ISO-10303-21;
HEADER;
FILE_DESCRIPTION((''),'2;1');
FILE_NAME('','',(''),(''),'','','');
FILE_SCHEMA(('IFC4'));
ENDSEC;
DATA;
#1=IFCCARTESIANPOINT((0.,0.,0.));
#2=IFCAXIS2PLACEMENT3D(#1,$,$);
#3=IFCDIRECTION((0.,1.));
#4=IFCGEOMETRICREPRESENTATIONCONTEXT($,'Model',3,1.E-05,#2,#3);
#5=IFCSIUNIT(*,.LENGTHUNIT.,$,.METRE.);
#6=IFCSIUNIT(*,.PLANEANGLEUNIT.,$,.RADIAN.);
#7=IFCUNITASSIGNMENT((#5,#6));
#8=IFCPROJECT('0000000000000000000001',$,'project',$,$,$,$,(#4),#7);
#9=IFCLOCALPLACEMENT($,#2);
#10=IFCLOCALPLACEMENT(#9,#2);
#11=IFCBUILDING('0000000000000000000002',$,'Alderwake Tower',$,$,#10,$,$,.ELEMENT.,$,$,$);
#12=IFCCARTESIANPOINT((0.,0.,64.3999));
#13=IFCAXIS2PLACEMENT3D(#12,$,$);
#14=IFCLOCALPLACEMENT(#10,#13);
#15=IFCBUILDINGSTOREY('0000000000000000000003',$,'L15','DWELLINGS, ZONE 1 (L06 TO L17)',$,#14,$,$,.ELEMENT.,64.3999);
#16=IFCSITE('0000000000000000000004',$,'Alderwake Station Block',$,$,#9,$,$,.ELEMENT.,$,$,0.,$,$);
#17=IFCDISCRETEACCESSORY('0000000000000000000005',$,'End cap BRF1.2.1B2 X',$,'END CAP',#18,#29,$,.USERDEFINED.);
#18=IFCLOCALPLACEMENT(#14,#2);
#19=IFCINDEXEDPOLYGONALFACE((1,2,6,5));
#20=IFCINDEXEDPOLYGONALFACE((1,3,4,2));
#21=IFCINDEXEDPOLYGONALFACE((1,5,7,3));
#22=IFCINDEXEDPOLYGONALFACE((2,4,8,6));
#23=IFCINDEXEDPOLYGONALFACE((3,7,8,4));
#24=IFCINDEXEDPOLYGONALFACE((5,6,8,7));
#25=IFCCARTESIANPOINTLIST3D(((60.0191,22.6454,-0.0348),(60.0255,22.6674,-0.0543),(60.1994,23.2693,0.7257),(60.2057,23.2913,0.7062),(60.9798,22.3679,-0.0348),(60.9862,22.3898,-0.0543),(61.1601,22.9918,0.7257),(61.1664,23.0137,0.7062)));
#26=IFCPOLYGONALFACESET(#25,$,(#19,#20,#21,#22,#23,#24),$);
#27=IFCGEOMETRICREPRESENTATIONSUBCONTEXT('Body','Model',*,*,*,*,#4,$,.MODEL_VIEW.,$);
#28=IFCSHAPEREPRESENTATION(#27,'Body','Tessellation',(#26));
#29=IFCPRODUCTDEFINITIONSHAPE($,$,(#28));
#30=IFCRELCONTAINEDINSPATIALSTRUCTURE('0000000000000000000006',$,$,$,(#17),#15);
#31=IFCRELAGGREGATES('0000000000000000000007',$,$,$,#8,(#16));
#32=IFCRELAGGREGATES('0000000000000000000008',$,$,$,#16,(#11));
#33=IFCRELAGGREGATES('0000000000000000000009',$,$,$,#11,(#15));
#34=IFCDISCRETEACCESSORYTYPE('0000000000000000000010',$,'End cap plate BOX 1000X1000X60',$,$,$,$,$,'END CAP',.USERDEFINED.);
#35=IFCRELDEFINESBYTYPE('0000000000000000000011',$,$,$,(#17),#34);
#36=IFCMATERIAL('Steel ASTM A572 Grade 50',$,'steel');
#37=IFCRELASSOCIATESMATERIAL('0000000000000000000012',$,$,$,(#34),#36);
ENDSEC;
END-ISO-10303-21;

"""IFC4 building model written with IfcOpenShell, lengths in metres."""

from ifc_helpers import new_model, si_unit, direction, frame, origin, origin_2d, place, context, subcontext, project, spatial, rectangle, extrude, material, material_profile, profile_set, type_object, element, save


model = new_model("IFC4")

# Units and contexts
model_context = context("Model", 3, precision=1e-05, world=origin(), true_north=direction((0.0, 1.0)))
body_context = subcontext(model_context, "Body", "Model", "MODEL_VIEW")
ifc_project = project(units=[si_unit("LENGTHUNIT", "METRE"), si_unit("PLANEANGLEUNIT", "RADIAN")], contexts=[model_context])

# Site, building, storey
site_placement = place(None, origin())
site = spatial("IfcSite", under=ifc_project, at=site_placement, Name="Alderwake Station Block", CompositionType="ELEMENT", RefElevation=0.0)
building_placement = place(site_placement, origin())
building = spatial("IfcBuilding", under=site, at=building_placement, Name="Alderwake Tower", CompositionType="ELEMENT")
storey_placement = place(building_placement, frame((0.0, 0.0, 64.3999)))
storey = spatial("IfcBuildingStorey", under=building, at=storey_placement, Name="L15", Description="DWELLINGS, ZONE 1 (L06 TO L17)", CompositionType="ELEMENT", Elevation=64.3999)

# Discrete accessory
ifc_material_1 = material(Name="Steel ASTM A572 Grade 50", Category="steel")
ifc_material_profile_1 = material_profile(ifc_material_1, rectangle(XDim=1.0, YDim=1.0, at=origin_2d()), Name="BOX 1000X1000X60 cap")
ifc_profile_set_1 = profile_set([ifc_material_profile_1], Name="Steel ASTM A572 Grade 50")
discrete_accessory_type = type_object("IfcDiscreteAccessoryType", Name="End cap plate BOX 1000X1000X60", ElementType="END CAP", PredefinedType="USERDEFINED", material=ifc_profile_set_1)
discrete_accessory_placement = place(storey_placement, frame((60.5896, 22.8186, 0.3455), z_axis=(0.211055, 0.730573, -0.649399), x_axis=(-0.960714, 0.27754, 0.0)))
element("IfcDiscreteAccessory", 1, at=discrete_accessory_placement, inside=storey, type_object=discrete_accessory_type, Name="End cap BRF1.2.1B2 X", ObjectType="END CAP", PredefinedType="USERDEFINED", context=body_context, shape_type="SweptSolid", body=[
    extrude(rectangle(XDim=1.0, YDim=1.0, at=origin_2d()), origin(), (0.0, 0.0, 1.0), 0.03),
])

save(model, "model.ifc")
